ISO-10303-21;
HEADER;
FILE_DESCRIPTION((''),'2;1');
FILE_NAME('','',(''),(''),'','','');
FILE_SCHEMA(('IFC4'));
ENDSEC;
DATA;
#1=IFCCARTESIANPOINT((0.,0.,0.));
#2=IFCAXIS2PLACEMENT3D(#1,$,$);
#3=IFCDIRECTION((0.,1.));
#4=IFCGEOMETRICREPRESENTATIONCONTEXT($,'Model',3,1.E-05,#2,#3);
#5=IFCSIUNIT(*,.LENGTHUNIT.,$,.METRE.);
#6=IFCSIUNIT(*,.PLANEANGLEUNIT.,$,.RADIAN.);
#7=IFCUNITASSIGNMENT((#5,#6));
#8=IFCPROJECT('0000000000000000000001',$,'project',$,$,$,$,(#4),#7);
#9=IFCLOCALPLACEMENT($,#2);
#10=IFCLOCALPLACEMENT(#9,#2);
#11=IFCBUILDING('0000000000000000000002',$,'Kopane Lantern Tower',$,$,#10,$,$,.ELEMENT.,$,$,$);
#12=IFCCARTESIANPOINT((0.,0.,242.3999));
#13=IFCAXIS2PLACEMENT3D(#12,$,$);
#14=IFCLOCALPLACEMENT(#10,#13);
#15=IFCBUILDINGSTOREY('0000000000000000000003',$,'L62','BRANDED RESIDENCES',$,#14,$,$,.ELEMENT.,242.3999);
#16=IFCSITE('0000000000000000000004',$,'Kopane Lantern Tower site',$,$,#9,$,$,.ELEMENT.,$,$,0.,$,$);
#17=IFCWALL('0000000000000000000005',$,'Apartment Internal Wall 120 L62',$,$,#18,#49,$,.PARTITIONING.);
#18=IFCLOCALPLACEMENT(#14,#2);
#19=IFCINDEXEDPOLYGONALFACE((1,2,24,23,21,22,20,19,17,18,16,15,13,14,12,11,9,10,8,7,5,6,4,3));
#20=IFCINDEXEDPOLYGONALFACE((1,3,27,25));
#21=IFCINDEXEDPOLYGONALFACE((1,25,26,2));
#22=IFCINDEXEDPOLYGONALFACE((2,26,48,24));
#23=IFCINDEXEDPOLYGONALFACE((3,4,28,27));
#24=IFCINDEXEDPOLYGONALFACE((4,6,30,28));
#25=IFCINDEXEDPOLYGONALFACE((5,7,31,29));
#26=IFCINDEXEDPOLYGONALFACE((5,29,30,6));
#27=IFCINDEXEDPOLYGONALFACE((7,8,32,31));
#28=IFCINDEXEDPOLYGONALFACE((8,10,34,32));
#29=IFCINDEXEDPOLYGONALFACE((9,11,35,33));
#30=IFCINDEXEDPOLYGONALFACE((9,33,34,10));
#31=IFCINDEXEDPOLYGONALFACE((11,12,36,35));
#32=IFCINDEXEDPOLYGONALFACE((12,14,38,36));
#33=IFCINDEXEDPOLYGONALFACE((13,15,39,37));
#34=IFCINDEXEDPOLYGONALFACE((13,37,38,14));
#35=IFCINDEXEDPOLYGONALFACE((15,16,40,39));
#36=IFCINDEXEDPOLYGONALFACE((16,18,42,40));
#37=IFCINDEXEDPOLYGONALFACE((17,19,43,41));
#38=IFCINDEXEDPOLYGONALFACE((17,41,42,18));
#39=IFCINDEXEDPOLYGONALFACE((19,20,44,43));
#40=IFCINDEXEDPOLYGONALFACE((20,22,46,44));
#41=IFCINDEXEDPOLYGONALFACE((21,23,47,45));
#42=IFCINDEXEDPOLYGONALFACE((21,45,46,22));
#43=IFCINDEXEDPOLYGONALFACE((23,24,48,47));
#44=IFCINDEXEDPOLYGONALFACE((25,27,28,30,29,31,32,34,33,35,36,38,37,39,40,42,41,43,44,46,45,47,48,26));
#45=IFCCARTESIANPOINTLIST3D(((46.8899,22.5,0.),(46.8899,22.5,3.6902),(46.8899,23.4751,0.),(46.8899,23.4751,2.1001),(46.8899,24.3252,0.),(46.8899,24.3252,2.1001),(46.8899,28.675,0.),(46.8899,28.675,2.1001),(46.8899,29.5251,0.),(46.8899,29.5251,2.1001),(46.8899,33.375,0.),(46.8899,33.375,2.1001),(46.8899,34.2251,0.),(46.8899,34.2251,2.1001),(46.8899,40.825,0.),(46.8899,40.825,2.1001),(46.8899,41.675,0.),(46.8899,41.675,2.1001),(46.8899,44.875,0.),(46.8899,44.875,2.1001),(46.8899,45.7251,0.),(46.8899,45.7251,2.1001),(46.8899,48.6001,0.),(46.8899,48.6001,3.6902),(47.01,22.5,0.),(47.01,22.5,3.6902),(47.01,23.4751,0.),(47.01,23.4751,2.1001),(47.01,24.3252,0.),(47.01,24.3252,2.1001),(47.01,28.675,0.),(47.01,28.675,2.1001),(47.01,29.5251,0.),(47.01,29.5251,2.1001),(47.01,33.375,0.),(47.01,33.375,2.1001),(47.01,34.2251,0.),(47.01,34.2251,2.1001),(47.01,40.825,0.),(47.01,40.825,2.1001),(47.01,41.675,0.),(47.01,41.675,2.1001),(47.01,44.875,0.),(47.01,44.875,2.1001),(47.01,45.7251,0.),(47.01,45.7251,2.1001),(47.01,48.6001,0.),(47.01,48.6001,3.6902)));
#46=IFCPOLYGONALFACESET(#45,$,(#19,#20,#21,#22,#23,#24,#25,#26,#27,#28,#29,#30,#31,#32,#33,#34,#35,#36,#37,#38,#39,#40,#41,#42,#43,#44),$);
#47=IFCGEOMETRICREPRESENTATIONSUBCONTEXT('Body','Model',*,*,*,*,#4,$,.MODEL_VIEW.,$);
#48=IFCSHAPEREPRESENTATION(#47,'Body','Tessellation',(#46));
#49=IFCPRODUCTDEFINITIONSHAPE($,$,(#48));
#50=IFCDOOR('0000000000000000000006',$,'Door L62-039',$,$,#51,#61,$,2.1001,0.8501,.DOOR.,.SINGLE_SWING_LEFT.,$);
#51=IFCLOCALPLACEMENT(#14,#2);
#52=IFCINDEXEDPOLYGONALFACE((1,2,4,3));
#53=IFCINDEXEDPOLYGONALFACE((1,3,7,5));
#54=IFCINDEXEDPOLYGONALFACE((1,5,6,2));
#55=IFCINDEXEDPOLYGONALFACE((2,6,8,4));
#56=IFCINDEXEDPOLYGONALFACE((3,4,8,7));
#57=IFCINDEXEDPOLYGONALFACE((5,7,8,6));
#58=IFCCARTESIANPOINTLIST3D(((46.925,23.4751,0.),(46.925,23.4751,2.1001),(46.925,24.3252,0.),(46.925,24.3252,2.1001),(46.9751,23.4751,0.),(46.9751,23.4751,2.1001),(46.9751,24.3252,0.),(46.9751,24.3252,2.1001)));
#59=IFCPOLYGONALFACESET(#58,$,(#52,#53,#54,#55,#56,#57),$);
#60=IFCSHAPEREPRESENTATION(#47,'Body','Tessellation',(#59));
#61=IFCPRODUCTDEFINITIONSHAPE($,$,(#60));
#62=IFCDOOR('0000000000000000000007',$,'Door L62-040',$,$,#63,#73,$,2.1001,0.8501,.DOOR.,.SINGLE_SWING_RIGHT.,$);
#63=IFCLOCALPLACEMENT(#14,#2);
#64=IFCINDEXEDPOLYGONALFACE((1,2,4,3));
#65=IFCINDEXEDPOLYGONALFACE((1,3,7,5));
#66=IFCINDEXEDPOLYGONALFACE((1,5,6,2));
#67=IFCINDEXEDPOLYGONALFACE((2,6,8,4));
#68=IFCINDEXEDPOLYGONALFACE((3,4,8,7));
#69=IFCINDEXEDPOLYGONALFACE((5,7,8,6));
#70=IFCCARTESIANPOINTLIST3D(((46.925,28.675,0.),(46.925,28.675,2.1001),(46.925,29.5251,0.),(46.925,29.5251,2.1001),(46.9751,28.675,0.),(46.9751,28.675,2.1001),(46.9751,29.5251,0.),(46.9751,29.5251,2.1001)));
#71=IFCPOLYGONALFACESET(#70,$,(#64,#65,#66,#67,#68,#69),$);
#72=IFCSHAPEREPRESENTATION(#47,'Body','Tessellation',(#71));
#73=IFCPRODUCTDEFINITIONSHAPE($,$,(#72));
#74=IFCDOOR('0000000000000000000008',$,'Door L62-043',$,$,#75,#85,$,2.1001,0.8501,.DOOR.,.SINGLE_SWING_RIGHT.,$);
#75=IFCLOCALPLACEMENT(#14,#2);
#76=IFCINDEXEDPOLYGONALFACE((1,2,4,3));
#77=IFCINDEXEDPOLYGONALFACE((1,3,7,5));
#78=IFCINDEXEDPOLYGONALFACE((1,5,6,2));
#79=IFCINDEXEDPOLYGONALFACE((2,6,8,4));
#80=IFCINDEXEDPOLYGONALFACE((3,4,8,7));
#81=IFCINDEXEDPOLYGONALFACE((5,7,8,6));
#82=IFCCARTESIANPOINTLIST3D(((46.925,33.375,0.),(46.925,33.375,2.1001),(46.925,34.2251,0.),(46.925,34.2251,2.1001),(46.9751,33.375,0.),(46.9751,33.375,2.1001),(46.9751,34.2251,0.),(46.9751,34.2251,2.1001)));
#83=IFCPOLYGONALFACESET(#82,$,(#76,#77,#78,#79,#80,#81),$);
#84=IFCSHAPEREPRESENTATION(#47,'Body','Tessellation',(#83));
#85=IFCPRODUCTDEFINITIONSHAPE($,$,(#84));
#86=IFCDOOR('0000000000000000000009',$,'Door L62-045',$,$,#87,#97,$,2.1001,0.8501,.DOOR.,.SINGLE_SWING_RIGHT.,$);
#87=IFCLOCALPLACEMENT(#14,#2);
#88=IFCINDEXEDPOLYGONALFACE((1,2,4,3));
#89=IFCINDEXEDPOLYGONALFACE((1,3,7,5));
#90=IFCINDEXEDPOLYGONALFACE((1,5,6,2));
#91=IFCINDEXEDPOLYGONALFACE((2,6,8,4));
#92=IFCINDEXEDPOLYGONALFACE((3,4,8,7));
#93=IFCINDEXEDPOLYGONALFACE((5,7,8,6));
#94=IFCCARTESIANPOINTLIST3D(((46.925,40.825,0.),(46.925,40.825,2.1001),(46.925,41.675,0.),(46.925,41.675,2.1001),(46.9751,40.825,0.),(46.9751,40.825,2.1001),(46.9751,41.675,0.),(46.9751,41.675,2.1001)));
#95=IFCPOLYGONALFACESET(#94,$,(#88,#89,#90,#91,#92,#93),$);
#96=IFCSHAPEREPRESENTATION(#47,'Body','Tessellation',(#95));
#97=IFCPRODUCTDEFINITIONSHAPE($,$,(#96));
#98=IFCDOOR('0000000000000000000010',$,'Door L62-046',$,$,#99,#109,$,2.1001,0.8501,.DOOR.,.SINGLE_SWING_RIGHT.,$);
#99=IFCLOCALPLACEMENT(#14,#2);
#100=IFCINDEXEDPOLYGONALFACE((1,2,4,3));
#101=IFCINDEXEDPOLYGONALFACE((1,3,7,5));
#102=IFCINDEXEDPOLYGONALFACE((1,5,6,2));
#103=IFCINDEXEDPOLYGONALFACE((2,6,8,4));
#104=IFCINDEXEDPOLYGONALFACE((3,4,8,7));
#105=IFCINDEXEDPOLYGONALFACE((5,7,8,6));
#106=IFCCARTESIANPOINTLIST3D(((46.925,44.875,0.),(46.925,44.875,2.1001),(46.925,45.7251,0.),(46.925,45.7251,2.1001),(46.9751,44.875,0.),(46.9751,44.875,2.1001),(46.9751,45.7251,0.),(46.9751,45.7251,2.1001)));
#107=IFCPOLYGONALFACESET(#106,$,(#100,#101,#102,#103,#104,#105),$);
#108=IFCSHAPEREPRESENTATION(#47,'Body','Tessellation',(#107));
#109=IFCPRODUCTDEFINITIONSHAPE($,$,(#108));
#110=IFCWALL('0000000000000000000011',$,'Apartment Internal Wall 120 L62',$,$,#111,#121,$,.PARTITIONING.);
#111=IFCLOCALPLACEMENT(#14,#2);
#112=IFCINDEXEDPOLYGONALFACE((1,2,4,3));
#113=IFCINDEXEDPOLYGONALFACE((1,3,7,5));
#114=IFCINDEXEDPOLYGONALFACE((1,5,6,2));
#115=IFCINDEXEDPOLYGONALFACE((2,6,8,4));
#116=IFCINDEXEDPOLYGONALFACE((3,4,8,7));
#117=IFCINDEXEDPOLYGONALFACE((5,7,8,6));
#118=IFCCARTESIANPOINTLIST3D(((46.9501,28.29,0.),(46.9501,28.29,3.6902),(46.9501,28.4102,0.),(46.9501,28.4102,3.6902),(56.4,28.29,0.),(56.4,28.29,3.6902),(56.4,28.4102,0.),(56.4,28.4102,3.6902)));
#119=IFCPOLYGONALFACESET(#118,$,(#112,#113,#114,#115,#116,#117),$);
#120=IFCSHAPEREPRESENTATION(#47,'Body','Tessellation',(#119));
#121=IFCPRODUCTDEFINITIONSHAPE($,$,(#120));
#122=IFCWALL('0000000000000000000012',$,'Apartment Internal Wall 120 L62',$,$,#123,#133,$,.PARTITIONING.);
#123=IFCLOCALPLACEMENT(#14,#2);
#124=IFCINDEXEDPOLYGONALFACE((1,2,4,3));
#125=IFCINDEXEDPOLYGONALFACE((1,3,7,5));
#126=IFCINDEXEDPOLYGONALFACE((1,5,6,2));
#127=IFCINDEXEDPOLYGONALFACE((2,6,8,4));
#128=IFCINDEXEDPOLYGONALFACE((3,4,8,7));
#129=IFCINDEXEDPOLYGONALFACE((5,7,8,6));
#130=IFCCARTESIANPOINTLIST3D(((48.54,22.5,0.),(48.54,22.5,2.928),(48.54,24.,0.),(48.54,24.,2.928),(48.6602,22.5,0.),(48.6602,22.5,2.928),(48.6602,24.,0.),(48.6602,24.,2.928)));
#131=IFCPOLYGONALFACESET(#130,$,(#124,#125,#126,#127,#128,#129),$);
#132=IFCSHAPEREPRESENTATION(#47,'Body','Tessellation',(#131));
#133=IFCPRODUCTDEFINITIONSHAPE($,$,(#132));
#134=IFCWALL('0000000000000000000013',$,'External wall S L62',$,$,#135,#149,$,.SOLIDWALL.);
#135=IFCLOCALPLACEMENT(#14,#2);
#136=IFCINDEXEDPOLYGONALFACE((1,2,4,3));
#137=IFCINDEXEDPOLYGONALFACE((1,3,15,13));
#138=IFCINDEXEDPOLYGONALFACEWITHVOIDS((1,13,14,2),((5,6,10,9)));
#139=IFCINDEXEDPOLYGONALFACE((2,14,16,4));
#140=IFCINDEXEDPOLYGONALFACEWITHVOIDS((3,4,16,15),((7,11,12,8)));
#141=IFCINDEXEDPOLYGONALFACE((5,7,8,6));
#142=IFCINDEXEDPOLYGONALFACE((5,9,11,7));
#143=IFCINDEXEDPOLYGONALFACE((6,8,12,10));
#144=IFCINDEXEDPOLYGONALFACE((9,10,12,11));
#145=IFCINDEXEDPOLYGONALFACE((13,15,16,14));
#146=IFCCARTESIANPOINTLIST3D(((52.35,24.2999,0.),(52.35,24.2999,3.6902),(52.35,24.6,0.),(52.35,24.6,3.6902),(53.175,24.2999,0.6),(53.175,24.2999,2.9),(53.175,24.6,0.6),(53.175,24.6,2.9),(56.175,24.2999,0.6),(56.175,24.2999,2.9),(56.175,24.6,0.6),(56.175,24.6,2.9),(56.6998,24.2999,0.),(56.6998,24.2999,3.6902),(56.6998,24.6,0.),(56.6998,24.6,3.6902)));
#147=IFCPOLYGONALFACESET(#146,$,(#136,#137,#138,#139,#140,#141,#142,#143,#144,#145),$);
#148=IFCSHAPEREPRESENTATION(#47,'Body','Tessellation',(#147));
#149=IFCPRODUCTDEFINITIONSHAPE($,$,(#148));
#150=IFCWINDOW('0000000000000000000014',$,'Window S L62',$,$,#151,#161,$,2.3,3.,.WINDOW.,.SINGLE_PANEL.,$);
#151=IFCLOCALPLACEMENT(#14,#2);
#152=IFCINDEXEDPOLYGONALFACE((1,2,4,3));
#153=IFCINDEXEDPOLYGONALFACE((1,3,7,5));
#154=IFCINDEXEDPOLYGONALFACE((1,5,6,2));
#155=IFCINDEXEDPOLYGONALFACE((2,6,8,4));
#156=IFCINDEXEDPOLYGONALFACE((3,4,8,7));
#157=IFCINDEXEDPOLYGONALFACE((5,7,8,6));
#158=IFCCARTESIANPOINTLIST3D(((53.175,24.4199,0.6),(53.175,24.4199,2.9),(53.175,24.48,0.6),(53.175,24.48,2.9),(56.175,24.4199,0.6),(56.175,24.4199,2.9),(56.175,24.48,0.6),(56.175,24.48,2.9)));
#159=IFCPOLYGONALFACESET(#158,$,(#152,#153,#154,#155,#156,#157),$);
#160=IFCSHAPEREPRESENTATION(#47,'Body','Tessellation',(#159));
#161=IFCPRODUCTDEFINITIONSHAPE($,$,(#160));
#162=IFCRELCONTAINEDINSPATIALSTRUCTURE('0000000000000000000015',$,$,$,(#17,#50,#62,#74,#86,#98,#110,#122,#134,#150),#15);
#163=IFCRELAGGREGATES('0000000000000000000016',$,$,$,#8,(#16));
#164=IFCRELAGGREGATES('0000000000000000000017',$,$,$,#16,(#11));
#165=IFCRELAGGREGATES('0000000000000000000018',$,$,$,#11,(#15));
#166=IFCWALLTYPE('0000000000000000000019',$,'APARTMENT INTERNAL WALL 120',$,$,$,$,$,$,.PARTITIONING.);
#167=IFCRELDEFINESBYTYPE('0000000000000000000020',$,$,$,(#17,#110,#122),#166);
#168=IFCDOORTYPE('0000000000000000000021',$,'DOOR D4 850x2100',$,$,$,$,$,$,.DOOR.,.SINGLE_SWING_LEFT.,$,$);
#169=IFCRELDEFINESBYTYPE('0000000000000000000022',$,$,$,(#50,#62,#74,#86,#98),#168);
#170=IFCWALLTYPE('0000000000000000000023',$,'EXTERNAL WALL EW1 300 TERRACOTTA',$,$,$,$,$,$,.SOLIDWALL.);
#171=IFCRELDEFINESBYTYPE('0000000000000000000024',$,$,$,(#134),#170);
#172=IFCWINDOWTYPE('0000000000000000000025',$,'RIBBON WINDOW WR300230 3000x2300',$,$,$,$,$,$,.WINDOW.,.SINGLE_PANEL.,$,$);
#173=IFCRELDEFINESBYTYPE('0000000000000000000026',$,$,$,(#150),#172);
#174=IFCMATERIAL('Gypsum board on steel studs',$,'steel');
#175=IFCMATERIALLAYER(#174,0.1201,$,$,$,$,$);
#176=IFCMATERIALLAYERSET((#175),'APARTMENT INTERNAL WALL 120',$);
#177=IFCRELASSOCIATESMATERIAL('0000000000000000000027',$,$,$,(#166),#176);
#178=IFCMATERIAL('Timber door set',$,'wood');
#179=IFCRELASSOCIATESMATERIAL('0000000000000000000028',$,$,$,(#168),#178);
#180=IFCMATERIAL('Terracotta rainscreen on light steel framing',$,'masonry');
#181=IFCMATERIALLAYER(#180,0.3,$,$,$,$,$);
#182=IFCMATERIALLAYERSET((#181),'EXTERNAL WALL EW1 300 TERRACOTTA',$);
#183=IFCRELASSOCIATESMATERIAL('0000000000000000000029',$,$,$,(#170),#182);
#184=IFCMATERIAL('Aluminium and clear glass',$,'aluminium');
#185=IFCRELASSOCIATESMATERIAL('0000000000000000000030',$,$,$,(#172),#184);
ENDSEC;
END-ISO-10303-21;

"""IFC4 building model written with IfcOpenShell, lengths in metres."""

from ifc_helpers import new_model, si_unit, direction, frame, frame_2d, origin, place, context, subcontext, project, spatial, rectangle, extrude, material, layer, layer_set, type_object, element, fill, save


model = new_model("IFC4")

# Units and contexts
model_context = context("Model", 3, precision=1e-05, world=origin(), true_north=direction((0.0, 1.0)))
body_context = subcontext(model_context, "Body", "Model", "MODEL_VIEW")
ifc_project = project(units=[si_unit("LENGTHUNIT", "METRE"), si_unit("PLANEANGLEUNIT", "RADIAN")], contexts=[model_context])

# Site, building, storey
site_placement = place(None, origin())
site = spatial("IfcSite", under=ifc_project, at=site_placement, Name="Kopane Lantern Tower site", CompositionType="ELEMENT", RefElevation=0.0)
building_placement = place(site_placement, origin())
building = spatial("IfcBuilding", under=site, at=building_placement, Name="Kopane Lantern Tower", CompositionType="ELEMENT")
storey_placement = place(building_placement, frame((0.0, 0.0, 242.3999)))
storey = spatial("IfcBuildingStorey", under=building, at=storey_placement, Name="L62", Description="BRANDED RESIDENCES", CompositionType="ELEMENT", Elevation=242.3999)

# Wall, openings, doors
ifc_material_1 = material(Name="Gypsum board on steel studs", Category="steel")
ifc_layer_1 = layer(ifc_material_1, 0.1201)
ifc_layer_set_1 = layer_set([ifc_layer_1], Name="APARTMENT INTERNAL WALL 120")
wall_type_1 = type_object("IfcWallType", Name="APARTMENT INTERNAL WALL 120", PredefinedType="PARTITIONING", material=ifc_layer_set_1)
wall_1_placement = place(storey_placement, frame((46.95, 22.5, 0.0), z_axis=(0.0, 0.0, 1.0), x_axis=(0.0, 1.0, 0.0)))
wall_1 = element("IfcWall", 1, at=wall_1_placement, inside=storey, type_object=wall_type_1, Name="Apartment Internal Wall 120 L62", PredefinedType="PARTITIONING", context=body_context, shape_type="SweptSolid", body=[
    extrude(rectangle(XDim=26.1001, YDim=0.1201, at=frame_2d((13.05, 0.0))), origin(), (0.0, 0.0, 1.0), 3.6902),
])
opening_1_placement = place(wall_1_placement, frame((0.9751, 0.0, 0.0)))
opening_1 = element("IfcOpeningElement", 2, at=opening_1_placement, cuts=wall_1, PredefinedType="OPENING", context=body_context, shape_type="SweptSolid", body=[
    extrude(rectangle(XDim=0.8501, YDim=2.1001, at=frame_2d((0.425, 1.05))), frame((0.0, 0.0701, 0.0), z_axis=(0.0, -1.0, 0.0), x_axis=(1.0, 0.0, 0.0)), (0.0, 0.0, 1.0), 0.1401),
])
opening_2_placement = place(wall_1_placement, frame((6.175, 0.0, 0.0)))
opening_2 = element("IfcOpeningElement", 3, at=opening_2_placement, cuts=wall_1, PredefinedType="OPENING", context=body_context, shape_type="SweptSolid", body=[
    extrude(rectangle(XDim=0.8501, YDim=2.1001, at=frame_2d((0.425, 1.05))), frame((0.0, 0.0701, 0.0), z_axis=(0.0, -1.0, 0.0), x_axis=(1.0, 0.0, 0.0)), (0.0, 0.0, 1.0), 0.1401),
])
opening_3_placement = place(wall_1_placement, frame((10.875, 0.0, 0.0)))
opening_3 = element("IfcOpeningElement", 4, at=opening_3_placement, cuts=wall_1, PredefinedType="OPENING", context=body_context, shape_type="SweptSolid", body=[
    extrude(rectangle(XDim=0.8501, YDim=2.1001, at=frame_2d((0.425, 1.05))), frame((0.0, 0.0701, 0.0), z_axis=(0.0, -1.0, 0.0), x_axis=(1.0, 0.0, 0.0)), (0.0, 0.0, 1.0), 0.1401),
])
opening_4_placement = place(wall_1_placement, frame((18.325, 0.0, 0.0)))
opening_4 = element("IfcOpeningElement", 5, at=opening_4_placement, cuts=wall_1, PredefinedType="OPENING", context=body_context, shape_type="SweptSolid", body=[
    extrude(rectangle(XDim=0.8501, YDim=2.1001, at=frame_2d((0.425, 1.05))), frame((0.0, 0.0701, 0.0), z_axis=(0.0, -1.0, 0.0), x_axis=(1.0, 0.0, 0.0)), (0.0, 0.0, 1.0), 0.1401),
])
opening_5_placement = place(wall_1_placement, frame((22.375, 0.0, 0.0)))
opening_5 = element("IfcOpeningElement", 6, at=opening_5_placement, cuts=wall_1, PredefinedType="OPENING", context=body_context, shape_type="SweptSolid", body=[
    extrude(rectangle(XDim=0.8501, YDim=2.1001, at=frame_2d((0.425, 1.05))), frame((0.0, 0.0701, 0.0), z_axis=(0.0, -1.0, 0.0), x_axis=(1.0, 0.0, 0.0)), (0.0, 0.0, 1.0), 0.1401),
])
ifc_material_2 = material(Name="Timber door set", Category="wood")
door_type = type_object("IfcDoorType", Name="DOOR D4 850x2100", OperationType="SINGLE_SWING_LEFT", PredefinedType="DOOR", material=ifc_material_2)
door_1_placement = place(opening_1_placement, origin())
door_1 = element("IfcDoor", 7, at=door_1_placement, inside=storey, type_object=door_type, Name="Door L62-039", OperationType="SINGLE_SWING_LEFT", OverallHeight=2.1001, OverallWidth=0.8501, PredefinedType="DOOR", context=body_context, shape_type="SweptSolid", body=[
    extrude(rectangle(XDim=0.8501, YDim=2.1001, at=frame_2d((0.425, 1.05))), frame((0.0, 0.0249, 0.0), z_axis=(0.0, -1.0, 0.0), x_axis=(1.0, 0.0, 0.0)), (0.0, 0.0, 1.0), 0.05),
])
fill(opening_1, door_1)
door_2_placement = place(opening_2_placement, origin())
door_2 = element("IfcDoor", 8, at=door_2_placement, inside=storey, type_object=door_type, Name="Door L62-040", OperationType="SINGLE_SWING_RIGHT", OverallHeight=2.1001, OverallWidth=0.8501, PredefinedType="DOOR", context=body_context, shape_type="SweptSolid", body=[
    extrude(rectangle(XDim=0.8501, YDim=2.1001, at=frame_2d((0.425, 1.05))), frame((0.0, 0.0249, 0.0), z_axis=(0.0, -1.0, 0.0), x_axis=(1.0, 0.0, 0.0)), (0.0, 0.0, 1.0), 0.05),
])
fill(opening_2, door_2)
door_3_placement = place(opening_3_placement, origin())
door_3 = element("IfcDoor", 9, at=door_3_placement, inside=storey, type_object=door_type, Name="Door L62-043", OperationType="SINGLE_SWING_RIGHT", OverallHeight=2.1001, OverallWidth=0.8501, PredefinedType="DOOR", context=body_context, shape_type="SweptSolid", body=[
    extrude(rectangle(XDim=0.8501, YDim=2.1001, at=frame_2d((0.425, 1.05))), frame((0.0, 0.0249, 0.0), z_axis=(0.0, -1.0, 0.0), x_axis=(1.0, 0.0, 0.0)), (0.0, 0.0, 1.0), 0.05),
])
fill(opening_3, door_3)
door_4_placement = place(opening_4_placement, origin())
door_4 = element("IfcDoor", 10, at=door_4_placement, inside=storey, type_object=door_type, Name="Door L62-045", OperationType="SINGLE_SWING_RIGHT", OverallHeight=2.1001, OverallWidth=0.8501, PredefinedType="DOOR", context=body_context, shape_type="SweptSolid", body=[
    extrude(rectangle(XDim=0.8501, YDim=2.1001, at=frame_2d((0.425, 1.05))), frame((0.0, 0.0249, 0.0), z_axis=(0.0, -1.0, 0.0), x_axis=(1.0, 0.0, 0.0)), (0.0, 0.0, 1.0), 0.05),
])
fill(opening_4, door_4)
door_5_placement = place(opening_5_placement, origin())
door_5 = element("IfcDoor", 11, at=door_5_placement, inside=storey, type_object=door_type, Name="Door L62-046", OperationType="SINGLE_SWING_RIGHT", OverallHeight=2.1001, OverallWidth=0.8501, PredefinedType="DOOR", context=body_context, shape_type="SweptSolid", body=[
    extrude(rectangle(XDim=0.8501, YDim=2.1001, at=frame_2d((0.425, 1.05))), frame((0.0, 0.0249, 0.0), z_axis=(0.0, -1.0, 0.0), x_axis=(1.0, 0.0, 0.0)), (0.0, 0.0, 1.0), 0.05),
])
fill(opening_5, door_5)

# Walls
wall_2_placement = place(storey_placement, frame((46.95, 28.3501, 0.0), z_axis=(0.0, 0.0, 1.0), x_axis=(1.0, 0.0, 0.0)))
element("IfcWall", 12, at=wall_2_placement, inside=storey, type_object=wall_type_1, Name="Apartment Internal Wall 120 L62", PredefinedType="PARTITIONING", context=body_context, shape_type="SweptSolid", body=[
    extrude(rectangle(XDim=9.45, YDim=0.1201, at=frame_2d((4.7251, 0.0))), origin(), (0.0, 0.0, 1.0), 3.6902),
])
wall_3_placement = place(storey_placement, frame((48.6001, 22.5, 0.0), z_axis=(0.0, 0.0, 1.0), x_axis=(0.0, 1.0, 0.0)))
element("IfcWall", 13, at=wall_3_placement, inside=storey, type_object=wall_type_1, Name="Apartment Internal Wall 120 L62", PredefinedType="PARTITIONING", context=body_context, shape_type="SweptSolid", body=[
    extrude(rectangle(XDim=1.5, YDim=0.1201, at=frame_2d((0.75, 0.0))), origin(), (0.0, 0.0, 1.0), 2.928),
])

# Wall, opening, window
ifc_material_3 = material(Name="Terracotta rainscreen on light steel framing", Category="masonry")
ifc_layer_2 = layer(ifc_material_3, 0.3)
ifc_layer_set_2 = layer_set([ifc_layer_2], Name="EXTERNAL WALL EW1 300 TERRACOTTA")
wall_type_2 = type_object("IfcWallType", Name="EXTERNAL WALL EW1 300 TERRACOTTA", PredefinedType="SOLIDWALL", material=ifc_layer_set_2)
wall_4_placement = place(storey_placement, frame((52.3501, 24.45, 0.0), z_axis=(0.0, 0.0, 1.0), x_axis=(1.0, 0.0, 0.0)))
wall_4 = element("IfcWall", 14, at=wall_4_placement, inside=storey, type_object=wall_type_2, Name="External wall S L62", PredefinedType="SOLIDWALL", context=body_context, shape_type="SweptSolid", body=[
    extrude(rectangle(XDim=4.3499, YDim=0.3, at=frame_2d((2.1748, 0.0))), origin(), (0.0, 0.0, 1.0), 3.6902),
])
opening_6_placement = place(wall_4_placement, frame((0.825, 0.0, 0.6001)))
opening_6 = element("IfcOpeningElement", 15, at=opening_6_placement, cuts=wall_4, PredefinedType="OPENING", context=body_context, shape_type="SweptSolid", body=[
    extrude(rectangle(XDim=3.0, YDim=2.3, at=frame_2d((1.5, 1.1499))), frame((0.0, 0.1599, 0.0), z_axis=(0.0, -1.0, 0.0), x_axis=(1.0, 0.0, 0.0)), (0.0, 0.0, 1.0), 0.3201),
])
ifc_material_4 = material(Name="Aluminium and clear glass", Category="aluminium")
window_type = type_object("IfcWindowType", Name="RIBBON WINDOW WR300230 3000x2300", PartitioningType="SINGLE_PANEL", PredefinedType="WINDOW", material=ifc_material_4)
window_1_placement = place(opening_6_placement, origin())
window_1 = element("IfcWindow", 16, at=window_1_placement, inside=storey, type_object=window_type, Name="Window S L62", OverallHeight=2.3, OverallWidth=3.0, PartitioningType="SINGLE_PANEL", PredefinedType="WINDOW", context=body_context, shape_type="SweptSolid", body=[
    extrude(rectangle(XDim=3.0, YDim=2.3, at=frame_2d((1.5, 1.1499))), frame((0.0, 0.03, 0.0), z_axis=(0.0, -1.0, 0.0), x_axis=(1.0, 0.0, 0.0)), (0.0, 0.0, 1.0), 0.0601),
])
fill(opening_6, window_1)

save(model, "model.ifc")
